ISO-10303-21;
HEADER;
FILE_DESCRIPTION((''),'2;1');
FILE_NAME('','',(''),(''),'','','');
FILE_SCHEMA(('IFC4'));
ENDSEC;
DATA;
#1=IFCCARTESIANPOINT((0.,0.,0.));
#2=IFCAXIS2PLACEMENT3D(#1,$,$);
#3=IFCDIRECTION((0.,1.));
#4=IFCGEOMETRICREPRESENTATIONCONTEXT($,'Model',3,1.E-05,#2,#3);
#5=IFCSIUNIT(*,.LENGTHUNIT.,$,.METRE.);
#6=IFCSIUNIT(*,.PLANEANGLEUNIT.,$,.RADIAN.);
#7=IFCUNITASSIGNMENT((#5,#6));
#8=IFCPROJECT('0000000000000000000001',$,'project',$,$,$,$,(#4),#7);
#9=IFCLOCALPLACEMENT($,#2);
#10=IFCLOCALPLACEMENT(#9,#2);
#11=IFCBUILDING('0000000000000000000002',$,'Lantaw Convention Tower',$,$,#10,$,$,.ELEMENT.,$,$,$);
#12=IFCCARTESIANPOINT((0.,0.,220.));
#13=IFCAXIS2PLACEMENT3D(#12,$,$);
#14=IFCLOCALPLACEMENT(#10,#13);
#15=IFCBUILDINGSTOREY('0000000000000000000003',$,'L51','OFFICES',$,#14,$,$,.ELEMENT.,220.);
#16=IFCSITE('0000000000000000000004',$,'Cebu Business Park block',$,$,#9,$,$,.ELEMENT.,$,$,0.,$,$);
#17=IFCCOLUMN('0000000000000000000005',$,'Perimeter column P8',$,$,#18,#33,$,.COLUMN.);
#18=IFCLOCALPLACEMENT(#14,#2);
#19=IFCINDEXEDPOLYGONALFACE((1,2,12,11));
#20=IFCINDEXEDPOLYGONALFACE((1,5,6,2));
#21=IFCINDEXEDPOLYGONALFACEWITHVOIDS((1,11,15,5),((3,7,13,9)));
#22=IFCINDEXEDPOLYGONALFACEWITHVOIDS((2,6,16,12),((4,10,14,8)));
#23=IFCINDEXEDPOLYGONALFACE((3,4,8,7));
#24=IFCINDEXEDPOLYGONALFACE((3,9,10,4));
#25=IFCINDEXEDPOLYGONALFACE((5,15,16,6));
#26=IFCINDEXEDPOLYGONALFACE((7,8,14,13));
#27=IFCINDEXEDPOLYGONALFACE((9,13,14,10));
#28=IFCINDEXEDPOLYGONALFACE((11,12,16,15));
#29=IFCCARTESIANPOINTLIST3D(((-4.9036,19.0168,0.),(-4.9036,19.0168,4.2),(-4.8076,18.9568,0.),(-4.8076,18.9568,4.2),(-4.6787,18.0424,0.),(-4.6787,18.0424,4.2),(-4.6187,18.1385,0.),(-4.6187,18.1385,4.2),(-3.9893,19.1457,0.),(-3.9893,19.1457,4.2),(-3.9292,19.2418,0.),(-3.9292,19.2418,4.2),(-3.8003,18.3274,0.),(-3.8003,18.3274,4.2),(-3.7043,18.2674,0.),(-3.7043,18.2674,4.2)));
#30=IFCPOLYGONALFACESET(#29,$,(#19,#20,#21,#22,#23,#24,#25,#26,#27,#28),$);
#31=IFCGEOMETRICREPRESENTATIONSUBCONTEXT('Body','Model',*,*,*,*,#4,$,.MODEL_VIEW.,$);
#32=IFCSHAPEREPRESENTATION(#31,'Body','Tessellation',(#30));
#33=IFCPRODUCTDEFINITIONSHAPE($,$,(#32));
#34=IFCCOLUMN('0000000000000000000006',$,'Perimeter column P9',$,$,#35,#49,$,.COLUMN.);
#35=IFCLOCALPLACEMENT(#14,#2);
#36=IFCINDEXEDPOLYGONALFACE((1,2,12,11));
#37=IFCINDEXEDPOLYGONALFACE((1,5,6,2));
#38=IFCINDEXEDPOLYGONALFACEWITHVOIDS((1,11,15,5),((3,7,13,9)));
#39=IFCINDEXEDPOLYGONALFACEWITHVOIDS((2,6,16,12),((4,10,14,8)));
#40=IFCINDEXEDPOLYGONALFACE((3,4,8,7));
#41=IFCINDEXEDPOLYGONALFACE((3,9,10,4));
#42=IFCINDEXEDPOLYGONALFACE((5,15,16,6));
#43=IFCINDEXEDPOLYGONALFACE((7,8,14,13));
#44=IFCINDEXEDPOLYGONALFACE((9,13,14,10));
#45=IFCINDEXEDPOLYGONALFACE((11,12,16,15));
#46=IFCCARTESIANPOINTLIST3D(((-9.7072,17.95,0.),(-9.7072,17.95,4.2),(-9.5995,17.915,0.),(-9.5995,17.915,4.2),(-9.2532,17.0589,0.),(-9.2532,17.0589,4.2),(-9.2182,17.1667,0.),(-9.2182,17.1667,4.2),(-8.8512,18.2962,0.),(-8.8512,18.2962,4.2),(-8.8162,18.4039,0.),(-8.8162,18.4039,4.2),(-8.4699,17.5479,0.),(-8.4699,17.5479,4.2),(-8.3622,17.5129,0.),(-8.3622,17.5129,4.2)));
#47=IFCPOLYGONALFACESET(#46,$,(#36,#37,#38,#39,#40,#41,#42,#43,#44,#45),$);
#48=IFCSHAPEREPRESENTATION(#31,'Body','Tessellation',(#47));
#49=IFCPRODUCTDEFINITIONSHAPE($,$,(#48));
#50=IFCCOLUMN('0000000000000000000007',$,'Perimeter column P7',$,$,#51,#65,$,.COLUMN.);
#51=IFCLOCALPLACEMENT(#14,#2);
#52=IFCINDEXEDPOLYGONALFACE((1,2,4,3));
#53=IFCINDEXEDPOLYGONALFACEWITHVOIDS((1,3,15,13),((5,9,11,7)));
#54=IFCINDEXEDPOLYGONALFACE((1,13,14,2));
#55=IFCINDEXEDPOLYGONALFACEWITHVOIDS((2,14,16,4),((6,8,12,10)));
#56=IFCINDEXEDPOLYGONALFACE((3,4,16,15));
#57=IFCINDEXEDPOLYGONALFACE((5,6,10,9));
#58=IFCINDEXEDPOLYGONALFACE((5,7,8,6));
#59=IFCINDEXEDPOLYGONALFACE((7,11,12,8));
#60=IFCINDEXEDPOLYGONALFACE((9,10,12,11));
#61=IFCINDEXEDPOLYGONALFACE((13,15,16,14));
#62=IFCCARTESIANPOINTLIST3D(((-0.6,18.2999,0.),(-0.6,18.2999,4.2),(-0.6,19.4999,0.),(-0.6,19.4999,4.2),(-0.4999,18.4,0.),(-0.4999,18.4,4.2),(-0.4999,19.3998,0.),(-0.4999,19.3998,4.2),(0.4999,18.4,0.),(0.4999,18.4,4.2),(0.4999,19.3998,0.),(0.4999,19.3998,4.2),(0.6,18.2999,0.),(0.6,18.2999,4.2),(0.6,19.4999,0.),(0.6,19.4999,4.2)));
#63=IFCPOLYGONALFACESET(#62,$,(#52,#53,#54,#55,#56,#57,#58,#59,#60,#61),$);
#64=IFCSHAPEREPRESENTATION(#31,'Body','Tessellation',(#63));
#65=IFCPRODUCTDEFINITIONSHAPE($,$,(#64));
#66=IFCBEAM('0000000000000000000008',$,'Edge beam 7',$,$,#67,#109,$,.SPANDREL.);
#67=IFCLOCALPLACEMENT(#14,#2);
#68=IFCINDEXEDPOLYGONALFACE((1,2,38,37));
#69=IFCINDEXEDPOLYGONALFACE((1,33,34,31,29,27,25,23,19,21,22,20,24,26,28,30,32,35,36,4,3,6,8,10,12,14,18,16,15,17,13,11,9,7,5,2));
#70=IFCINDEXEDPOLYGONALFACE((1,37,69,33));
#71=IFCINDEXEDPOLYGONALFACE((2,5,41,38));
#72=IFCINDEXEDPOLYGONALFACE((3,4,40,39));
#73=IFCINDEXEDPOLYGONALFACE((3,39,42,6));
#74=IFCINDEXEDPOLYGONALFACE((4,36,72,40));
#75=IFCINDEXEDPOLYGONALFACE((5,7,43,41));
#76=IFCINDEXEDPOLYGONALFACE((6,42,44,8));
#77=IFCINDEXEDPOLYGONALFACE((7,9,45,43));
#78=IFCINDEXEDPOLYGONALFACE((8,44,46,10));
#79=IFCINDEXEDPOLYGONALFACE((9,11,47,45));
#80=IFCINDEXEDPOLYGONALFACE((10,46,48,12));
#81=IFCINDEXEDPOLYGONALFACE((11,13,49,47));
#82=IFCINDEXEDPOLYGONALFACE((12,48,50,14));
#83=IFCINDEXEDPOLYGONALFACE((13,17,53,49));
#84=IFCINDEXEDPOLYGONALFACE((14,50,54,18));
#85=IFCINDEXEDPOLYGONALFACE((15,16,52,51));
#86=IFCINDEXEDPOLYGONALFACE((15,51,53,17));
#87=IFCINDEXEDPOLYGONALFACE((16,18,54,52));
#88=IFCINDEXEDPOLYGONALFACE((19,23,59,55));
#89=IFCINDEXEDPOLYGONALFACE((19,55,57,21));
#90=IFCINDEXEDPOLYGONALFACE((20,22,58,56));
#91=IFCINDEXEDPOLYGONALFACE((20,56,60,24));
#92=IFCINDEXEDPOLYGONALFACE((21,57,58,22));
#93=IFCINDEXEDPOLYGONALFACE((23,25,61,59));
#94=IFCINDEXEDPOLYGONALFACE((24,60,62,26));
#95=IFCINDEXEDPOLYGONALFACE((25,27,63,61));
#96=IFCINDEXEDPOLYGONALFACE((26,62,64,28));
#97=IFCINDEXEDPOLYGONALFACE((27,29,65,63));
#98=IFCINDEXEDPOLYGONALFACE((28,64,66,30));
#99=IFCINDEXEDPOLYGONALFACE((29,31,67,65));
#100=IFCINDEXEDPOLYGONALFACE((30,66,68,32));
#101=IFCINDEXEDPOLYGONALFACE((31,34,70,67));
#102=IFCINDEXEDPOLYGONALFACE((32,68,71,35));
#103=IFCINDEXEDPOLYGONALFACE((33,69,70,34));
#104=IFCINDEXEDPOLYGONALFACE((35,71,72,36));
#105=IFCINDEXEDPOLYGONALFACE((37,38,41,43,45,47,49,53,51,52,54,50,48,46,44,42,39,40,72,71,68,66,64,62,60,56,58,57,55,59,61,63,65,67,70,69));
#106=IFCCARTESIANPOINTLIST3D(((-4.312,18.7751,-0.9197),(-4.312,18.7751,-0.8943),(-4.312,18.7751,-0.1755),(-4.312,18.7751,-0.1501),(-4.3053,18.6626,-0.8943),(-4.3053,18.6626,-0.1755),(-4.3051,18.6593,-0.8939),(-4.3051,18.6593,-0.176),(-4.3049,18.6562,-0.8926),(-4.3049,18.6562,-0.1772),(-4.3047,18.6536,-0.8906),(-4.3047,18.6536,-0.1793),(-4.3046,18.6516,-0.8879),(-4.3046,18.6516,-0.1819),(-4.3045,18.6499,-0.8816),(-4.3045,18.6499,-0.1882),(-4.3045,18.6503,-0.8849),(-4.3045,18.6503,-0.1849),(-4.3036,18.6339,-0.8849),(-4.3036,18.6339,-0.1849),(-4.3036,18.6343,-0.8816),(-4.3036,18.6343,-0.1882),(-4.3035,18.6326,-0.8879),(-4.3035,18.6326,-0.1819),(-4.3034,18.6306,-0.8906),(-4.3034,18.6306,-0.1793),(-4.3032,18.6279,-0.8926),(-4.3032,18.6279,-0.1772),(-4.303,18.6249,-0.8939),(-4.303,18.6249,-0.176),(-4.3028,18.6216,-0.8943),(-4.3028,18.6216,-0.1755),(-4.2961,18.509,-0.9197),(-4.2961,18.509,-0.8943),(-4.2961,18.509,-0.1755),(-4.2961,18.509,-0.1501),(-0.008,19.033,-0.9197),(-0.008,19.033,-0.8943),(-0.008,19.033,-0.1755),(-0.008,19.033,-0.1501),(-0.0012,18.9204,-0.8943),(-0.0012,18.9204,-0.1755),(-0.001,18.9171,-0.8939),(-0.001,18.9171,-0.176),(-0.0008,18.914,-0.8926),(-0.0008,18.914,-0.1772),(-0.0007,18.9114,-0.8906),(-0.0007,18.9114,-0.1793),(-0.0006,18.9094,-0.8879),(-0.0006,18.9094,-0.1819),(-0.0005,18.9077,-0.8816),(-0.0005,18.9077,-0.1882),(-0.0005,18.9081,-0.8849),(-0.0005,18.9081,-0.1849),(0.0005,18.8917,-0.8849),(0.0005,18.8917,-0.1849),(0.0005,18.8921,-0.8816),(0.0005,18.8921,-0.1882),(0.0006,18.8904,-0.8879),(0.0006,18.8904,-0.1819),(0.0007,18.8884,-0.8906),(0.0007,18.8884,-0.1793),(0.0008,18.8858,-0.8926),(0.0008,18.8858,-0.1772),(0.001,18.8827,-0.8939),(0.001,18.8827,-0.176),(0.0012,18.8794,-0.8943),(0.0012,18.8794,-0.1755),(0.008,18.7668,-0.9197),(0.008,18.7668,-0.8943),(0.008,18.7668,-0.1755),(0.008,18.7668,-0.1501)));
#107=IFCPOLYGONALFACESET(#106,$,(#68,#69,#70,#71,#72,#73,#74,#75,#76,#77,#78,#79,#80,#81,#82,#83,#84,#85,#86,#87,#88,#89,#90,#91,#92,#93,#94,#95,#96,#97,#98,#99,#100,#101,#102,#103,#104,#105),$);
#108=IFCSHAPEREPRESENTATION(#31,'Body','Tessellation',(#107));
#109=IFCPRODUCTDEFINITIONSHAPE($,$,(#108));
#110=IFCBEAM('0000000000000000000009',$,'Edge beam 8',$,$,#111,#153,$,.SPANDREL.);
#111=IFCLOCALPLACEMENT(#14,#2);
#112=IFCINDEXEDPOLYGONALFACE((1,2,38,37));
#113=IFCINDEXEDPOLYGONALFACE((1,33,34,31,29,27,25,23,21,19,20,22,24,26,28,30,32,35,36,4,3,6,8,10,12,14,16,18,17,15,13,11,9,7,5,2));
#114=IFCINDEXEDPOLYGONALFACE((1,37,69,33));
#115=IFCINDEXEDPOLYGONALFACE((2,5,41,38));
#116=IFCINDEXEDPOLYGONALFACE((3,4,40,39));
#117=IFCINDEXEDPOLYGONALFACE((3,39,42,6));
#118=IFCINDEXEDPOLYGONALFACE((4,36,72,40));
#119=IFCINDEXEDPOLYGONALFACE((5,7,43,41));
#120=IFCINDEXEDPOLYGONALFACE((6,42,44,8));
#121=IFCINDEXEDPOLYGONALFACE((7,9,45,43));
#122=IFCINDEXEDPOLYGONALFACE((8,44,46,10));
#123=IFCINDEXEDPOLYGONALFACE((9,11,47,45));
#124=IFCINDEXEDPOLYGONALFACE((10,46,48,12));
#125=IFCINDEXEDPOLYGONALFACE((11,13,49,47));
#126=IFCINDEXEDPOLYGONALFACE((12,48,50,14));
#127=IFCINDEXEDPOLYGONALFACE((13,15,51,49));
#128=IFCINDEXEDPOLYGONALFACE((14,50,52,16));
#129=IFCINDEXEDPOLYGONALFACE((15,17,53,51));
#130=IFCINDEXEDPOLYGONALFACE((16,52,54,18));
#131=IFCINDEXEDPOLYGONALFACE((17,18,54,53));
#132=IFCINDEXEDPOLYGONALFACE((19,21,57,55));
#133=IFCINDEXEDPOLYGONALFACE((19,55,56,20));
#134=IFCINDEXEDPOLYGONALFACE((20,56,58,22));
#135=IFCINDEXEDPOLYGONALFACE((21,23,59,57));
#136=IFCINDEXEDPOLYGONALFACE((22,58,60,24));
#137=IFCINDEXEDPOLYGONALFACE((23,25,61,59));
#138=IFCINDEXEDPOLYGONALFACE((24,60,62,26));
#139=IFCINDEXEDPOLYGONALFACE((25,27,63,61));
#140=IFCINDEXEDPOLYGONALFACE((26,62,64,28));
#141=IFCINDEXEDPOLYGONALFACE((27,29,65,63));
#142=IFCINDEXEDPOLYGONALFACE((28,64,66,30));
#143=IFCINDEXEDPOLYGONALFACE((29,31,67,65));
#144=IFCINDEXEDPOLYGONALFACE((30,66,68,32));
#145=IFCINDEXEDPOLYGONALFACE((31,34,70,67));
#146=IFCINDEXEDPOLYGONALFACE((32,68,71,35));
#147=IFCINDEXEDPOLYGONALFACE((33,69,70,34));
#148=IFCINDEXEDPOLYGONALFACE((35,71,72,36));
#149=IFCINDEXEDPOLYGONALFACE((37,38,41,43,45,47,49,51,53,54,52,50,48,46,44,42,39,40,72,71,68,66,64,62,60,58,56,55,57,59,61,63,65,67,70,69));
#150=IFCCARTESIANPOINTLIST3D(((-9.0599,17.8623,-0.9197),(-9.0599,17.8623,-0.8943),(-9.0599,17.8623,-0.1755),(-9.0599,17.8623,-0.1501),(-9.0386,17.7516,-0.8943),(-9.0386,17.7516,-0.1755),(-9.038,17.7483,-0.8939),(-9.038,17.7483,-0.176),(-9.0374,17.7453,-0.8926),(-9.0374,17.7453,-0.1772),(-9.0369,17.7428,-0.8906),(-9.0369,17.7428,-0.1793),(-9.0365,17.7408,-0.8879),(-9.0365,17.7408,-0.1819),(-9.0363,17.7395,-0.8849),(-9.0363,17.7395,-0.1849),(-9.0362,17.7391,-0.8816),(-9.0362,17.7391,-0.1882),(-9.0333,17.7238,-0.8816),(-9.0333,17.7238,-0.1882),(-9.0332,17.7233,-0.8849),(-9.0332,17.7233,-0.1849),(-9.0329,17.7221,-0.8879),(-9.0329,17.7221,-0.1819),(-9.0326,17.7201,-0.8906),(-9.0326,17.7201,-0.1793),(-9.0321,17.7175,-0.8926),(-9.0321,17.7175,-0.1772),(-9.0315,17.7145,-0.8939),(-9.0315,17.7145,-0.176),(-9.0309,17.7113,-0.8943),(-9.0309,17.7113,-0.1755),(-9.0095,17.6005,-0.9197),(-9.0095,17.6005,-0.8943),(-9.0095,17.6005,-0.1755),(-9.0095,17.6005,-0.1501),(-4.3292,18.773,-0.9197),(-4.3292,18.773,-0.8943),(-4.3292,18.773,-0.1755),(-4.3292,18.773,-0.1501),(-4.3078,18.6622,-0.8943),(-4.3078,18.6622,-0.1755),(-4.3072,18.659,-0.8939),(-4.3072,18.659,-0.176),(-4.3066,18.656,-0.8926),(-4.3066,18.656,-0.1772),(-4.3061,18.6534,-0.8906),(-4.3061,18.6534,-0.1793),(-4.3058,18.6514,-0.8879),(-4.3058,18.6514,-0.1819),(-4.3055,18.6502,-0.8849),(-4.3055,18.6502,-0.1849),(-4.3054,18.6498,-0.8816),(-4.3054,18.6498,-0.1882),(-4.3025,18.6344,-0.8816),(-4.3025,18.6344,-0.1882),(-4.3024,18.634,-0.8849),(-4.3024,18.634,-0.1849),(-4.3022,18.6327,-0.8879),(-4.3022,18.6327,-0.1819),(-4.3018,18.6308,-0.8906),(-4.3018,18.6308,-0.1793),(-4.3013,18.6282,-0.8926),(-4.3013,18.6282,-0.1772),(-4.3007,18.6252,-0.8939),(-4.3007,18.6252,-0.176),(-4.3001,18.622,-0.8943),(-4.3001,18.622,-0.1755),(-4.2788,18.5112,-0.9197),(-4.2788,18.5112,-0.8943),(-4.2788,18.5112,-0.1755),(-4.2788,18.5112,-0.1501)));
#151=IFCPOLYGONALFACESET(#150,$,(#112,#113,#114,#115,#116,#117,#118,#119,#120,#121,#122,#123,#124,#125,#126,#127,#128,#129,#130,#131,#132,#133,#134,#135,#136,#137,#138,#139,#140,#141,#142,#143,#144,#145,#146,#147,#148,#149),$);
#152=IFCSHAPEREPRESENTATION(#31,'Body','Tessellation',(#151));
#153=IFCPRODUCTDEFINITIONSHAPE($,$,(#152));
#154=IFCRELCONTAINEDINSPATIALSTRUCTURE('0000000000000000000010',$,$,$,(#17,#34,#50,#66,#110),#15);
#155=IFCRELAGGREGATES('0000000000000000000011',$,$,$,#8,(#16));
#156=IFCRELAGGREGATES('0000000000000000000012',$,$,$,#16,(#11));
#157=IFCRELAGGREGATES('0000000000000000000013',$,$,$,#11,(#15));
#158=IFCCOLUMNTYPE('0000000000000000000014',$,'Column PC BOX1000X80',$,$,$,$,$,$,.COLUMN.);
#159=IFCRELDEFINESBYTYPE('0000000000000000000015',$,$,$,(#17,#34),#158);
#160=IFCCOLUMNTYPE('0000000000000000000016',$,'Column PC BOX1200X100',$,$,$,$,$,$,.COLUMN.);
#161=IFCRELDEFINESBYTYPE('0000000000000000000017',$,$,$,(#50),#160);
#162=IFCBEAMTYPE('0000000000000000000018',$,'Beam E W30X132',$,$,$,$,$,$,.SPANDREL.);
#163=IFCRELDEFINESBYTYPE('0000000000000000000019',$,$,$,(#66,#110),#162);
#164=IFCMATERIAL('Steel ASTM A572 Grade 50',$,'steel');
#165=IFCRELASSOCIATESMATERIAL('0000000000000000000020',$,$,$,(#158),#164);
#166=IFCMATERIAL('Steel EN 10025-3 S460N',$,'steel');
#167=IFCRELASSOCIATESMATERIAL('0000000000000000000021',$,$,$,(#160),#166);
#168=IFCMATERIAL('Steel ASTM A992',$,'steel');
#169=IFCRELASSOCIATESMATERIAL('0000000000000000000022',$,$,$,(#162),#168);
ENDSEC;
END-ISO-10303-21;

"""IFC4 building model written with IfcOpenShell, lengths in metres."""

from ifc_helpers import new_model, si_unit, direction, frame, origin, origin_2d, place, context, subcontext, project, spatial, rectangle, hollow_rectangle, i_section, extrude, material, material_profile, profile_set, type_object, element, save


model = new_model("IFC4")

# Units and contexts
model_context = context("Model", 3, precision=1e-05, world=origin(), true_north=direction((0.0, 1.0)))
body_context = subcontext(model_context, "Body", "Model", "MODEL_VIEW")
ifc_project = project(units=[si_unit("LENGTHUNIT", "METRE"), si_unit("PLANEANGLEUNIT", "RADIAN")], contexts=[model_context])

# Site, building, storey
site_placement = place(None, origin())
site = spatial("IfcSite", under=ifc_project, at=site_placement, Name="Cebu Business Park block", CompositionType="ELEMENT", RefElevation=0.0)
building_placement = place(site_placement, origin())
building = spatial("IfcBuilding", under=site, at=building_placement, Name="Lantaw Convention Tower", CompositionType="ELEMENT")
storey_placement = place(building_placement, frame((0.0, 0.0, 220.0)))
storey = spatial("IfcBuildingStorey", under=building, at=storey_placement, Name="L51", Description="OFFICES", CompositionType="ELEMENT", Elevation=220.0)

# Columns
ifc_material_1 = material(Name="Steel ASTM A572 Grade 50", Category="steel")
ifc_material_profile_1 = material_profile(ifc_material_1, hollow_rectangle(XDim=1.0, YDim=1.0, WallThickness=0.0801, at=origin_2d()), Name="BOX1000X80")
ifc_material_2 = material(Name="Concrete C60/75", Category="concrete")
ifc_material_profile_2 = material_profile(ifc_material_2, rectangle(XDim=0.8401, YDim=0.8401, at=origin_2d()), Name="Concrete fill of BOX1000X80")
ifc_profile_set_1 = profile_set([ifc_material_profile_1, ifc_material_profile_2], Name="Steel ASTM A572 Grade 50")
column_type_1 = type_object("IfcColumnType", Name="Column PC BOX1000X80", PredefinedType="COLUMN", material=ifc_profile_set_1)
for number, where, z_axis, x_axis, name in (
    (1, (-4.304, 18.6421, 0.0), (0.0, 0.0, 1.0), (0.97437, 0.224951, 0.0), "Perimeter column P8"),
    (2, (-9.0347, 17.7314, 0.0), (0.0, 0.0, 1.0), (0.891007, 0.45399, 0.0), "Perimeter column P9"),
):
    element("IfcColumn", number, at=place(storey_placement, frame(where, z_axis=z_axis, x_axis=x_axis)), inside=storey, type_object=column_type_1, Name=name, PredefinedType="COLUMN", context=body_context, shape_type="SweptSolid", body=[
        extrude(hollow_rectangle(XDim=1.0, YDim=1.0, WallThickness=0.0801, at=origin_2d()), origin(), (0.0, 0.0, 1.0), 4.2),
    ])
ifc_material_3 = material(Name="Steel EN 10025-3 S460N", Category="steel")
ifc_material_profile_3 = material_profile(ifc_material_3, hollow_rectangle(XDim=1.2, YDim=1.2, WallThickness=0.1001, at=origin_2d()), Name="BOX1200X100")
ifc_material_profile_4 = material_profile(ifc_material_2, rectangle(XDim=1.0, YDim=1.0, at=origin_2d()), Name="Concrete fill of BOX1200X100")
ifc_profile_set_2 = profile_set([ifc_material_profile_3, ifc_material_profile_4], Name="Steel EN 10025-3 S460N")
column_type_2 = type_object("IfcColumnType", Name="Column PC BOX1200X100", PredefinedType="COLUMN", material=ifc_profile_set_2)
column_placement = place(storey_placement, frame((0.0, 18.8999, 0.0), z_axis=(0.0, 0.0, 1.0), x_axis=(1.0, 0.0, 0.0)))
element("IfcColumn", 3, at=column_placement, inside=storey, type_object=column_type_2, Name="Perimeter column P7", PredefinedType="COLUMN", context=body_context, shape_type="SweptSolid", body=[
    extrude(hollow_rectangle(XDim=1.2, YDim=1.2, WallThickness=0.1001, at=origin_2d()), origin(), (0.0, 0.0, 1.0), 4.2),
])

# Beams
ifc_material_4 = material(Name="Steel ASTM A992", Category="steel")
ifc_material_profile_5 = material_profile(ifc_material_4, i_section(OverallWidth=0.2666, OverallDepth=0.7695, WebThickness=0.0156, FlangeThickness=0.0254, FilletRadius=0.0127, at=origin_2d()), Name="W30X132")
ifc_profile_set_3 = profile_set([ifc_material_profile_5], Name="Steel ASTM A992")
beam_type_1 = type_object("IfcBeamType", Name="Beam E W30X132", PredefinedType="SPANDREL", material=ifc_profile_set_3)
beam_1_placement = place(storey_placement, frame((0.0, 18.8999, -0.5349), z_axis=(-0.998211, -0.059794, 0.0), x_axis=(0.059794, -0.998211, 0.0)))
element("IfcBeam", 4, at=beam_1_placement, inside=storey, type_object=beam_type_1, Name="Edge beam 7", PredefinedType="SPANDREL", context=body_context, shape_type="SweptSolid", body=[
    extrude(i_section(OverallWidth=0.2666, OverallDepth=0.7695, WebThickness=0.0156, FlangeThickness=0.0254, FilletRadius=0.0127, at=origin_2d()), origin(), (0.0, 0.0, 1.0), 4.3118),
])
beam_2_placement = place(storey_placement, frame((-4.304, 18.6421, -0.5349), z_axis=(-0.981972, -0.189026, 0.0), x_axis=(0.189026, -0.981972, 0.0)))
element("IfcBeam", 5, at=beam_2_placement, inside=storey, type_object=beam_type_1, Name="Edge beam 8", PredefinedType="SPANDREL", context=body_context, shape_type="SweptSolid", body=[
    extrude(i_section(OverallWidth=0.2666, OverallDepth=0.7695, WebThickness=0.0156, FlangeThickness=0.0254, FilletRadius=0.0127, at=origin_2d()), origin(), (0.0, 0.0, 1.0), 4.8176),
])

save(model, "model.ifc")
